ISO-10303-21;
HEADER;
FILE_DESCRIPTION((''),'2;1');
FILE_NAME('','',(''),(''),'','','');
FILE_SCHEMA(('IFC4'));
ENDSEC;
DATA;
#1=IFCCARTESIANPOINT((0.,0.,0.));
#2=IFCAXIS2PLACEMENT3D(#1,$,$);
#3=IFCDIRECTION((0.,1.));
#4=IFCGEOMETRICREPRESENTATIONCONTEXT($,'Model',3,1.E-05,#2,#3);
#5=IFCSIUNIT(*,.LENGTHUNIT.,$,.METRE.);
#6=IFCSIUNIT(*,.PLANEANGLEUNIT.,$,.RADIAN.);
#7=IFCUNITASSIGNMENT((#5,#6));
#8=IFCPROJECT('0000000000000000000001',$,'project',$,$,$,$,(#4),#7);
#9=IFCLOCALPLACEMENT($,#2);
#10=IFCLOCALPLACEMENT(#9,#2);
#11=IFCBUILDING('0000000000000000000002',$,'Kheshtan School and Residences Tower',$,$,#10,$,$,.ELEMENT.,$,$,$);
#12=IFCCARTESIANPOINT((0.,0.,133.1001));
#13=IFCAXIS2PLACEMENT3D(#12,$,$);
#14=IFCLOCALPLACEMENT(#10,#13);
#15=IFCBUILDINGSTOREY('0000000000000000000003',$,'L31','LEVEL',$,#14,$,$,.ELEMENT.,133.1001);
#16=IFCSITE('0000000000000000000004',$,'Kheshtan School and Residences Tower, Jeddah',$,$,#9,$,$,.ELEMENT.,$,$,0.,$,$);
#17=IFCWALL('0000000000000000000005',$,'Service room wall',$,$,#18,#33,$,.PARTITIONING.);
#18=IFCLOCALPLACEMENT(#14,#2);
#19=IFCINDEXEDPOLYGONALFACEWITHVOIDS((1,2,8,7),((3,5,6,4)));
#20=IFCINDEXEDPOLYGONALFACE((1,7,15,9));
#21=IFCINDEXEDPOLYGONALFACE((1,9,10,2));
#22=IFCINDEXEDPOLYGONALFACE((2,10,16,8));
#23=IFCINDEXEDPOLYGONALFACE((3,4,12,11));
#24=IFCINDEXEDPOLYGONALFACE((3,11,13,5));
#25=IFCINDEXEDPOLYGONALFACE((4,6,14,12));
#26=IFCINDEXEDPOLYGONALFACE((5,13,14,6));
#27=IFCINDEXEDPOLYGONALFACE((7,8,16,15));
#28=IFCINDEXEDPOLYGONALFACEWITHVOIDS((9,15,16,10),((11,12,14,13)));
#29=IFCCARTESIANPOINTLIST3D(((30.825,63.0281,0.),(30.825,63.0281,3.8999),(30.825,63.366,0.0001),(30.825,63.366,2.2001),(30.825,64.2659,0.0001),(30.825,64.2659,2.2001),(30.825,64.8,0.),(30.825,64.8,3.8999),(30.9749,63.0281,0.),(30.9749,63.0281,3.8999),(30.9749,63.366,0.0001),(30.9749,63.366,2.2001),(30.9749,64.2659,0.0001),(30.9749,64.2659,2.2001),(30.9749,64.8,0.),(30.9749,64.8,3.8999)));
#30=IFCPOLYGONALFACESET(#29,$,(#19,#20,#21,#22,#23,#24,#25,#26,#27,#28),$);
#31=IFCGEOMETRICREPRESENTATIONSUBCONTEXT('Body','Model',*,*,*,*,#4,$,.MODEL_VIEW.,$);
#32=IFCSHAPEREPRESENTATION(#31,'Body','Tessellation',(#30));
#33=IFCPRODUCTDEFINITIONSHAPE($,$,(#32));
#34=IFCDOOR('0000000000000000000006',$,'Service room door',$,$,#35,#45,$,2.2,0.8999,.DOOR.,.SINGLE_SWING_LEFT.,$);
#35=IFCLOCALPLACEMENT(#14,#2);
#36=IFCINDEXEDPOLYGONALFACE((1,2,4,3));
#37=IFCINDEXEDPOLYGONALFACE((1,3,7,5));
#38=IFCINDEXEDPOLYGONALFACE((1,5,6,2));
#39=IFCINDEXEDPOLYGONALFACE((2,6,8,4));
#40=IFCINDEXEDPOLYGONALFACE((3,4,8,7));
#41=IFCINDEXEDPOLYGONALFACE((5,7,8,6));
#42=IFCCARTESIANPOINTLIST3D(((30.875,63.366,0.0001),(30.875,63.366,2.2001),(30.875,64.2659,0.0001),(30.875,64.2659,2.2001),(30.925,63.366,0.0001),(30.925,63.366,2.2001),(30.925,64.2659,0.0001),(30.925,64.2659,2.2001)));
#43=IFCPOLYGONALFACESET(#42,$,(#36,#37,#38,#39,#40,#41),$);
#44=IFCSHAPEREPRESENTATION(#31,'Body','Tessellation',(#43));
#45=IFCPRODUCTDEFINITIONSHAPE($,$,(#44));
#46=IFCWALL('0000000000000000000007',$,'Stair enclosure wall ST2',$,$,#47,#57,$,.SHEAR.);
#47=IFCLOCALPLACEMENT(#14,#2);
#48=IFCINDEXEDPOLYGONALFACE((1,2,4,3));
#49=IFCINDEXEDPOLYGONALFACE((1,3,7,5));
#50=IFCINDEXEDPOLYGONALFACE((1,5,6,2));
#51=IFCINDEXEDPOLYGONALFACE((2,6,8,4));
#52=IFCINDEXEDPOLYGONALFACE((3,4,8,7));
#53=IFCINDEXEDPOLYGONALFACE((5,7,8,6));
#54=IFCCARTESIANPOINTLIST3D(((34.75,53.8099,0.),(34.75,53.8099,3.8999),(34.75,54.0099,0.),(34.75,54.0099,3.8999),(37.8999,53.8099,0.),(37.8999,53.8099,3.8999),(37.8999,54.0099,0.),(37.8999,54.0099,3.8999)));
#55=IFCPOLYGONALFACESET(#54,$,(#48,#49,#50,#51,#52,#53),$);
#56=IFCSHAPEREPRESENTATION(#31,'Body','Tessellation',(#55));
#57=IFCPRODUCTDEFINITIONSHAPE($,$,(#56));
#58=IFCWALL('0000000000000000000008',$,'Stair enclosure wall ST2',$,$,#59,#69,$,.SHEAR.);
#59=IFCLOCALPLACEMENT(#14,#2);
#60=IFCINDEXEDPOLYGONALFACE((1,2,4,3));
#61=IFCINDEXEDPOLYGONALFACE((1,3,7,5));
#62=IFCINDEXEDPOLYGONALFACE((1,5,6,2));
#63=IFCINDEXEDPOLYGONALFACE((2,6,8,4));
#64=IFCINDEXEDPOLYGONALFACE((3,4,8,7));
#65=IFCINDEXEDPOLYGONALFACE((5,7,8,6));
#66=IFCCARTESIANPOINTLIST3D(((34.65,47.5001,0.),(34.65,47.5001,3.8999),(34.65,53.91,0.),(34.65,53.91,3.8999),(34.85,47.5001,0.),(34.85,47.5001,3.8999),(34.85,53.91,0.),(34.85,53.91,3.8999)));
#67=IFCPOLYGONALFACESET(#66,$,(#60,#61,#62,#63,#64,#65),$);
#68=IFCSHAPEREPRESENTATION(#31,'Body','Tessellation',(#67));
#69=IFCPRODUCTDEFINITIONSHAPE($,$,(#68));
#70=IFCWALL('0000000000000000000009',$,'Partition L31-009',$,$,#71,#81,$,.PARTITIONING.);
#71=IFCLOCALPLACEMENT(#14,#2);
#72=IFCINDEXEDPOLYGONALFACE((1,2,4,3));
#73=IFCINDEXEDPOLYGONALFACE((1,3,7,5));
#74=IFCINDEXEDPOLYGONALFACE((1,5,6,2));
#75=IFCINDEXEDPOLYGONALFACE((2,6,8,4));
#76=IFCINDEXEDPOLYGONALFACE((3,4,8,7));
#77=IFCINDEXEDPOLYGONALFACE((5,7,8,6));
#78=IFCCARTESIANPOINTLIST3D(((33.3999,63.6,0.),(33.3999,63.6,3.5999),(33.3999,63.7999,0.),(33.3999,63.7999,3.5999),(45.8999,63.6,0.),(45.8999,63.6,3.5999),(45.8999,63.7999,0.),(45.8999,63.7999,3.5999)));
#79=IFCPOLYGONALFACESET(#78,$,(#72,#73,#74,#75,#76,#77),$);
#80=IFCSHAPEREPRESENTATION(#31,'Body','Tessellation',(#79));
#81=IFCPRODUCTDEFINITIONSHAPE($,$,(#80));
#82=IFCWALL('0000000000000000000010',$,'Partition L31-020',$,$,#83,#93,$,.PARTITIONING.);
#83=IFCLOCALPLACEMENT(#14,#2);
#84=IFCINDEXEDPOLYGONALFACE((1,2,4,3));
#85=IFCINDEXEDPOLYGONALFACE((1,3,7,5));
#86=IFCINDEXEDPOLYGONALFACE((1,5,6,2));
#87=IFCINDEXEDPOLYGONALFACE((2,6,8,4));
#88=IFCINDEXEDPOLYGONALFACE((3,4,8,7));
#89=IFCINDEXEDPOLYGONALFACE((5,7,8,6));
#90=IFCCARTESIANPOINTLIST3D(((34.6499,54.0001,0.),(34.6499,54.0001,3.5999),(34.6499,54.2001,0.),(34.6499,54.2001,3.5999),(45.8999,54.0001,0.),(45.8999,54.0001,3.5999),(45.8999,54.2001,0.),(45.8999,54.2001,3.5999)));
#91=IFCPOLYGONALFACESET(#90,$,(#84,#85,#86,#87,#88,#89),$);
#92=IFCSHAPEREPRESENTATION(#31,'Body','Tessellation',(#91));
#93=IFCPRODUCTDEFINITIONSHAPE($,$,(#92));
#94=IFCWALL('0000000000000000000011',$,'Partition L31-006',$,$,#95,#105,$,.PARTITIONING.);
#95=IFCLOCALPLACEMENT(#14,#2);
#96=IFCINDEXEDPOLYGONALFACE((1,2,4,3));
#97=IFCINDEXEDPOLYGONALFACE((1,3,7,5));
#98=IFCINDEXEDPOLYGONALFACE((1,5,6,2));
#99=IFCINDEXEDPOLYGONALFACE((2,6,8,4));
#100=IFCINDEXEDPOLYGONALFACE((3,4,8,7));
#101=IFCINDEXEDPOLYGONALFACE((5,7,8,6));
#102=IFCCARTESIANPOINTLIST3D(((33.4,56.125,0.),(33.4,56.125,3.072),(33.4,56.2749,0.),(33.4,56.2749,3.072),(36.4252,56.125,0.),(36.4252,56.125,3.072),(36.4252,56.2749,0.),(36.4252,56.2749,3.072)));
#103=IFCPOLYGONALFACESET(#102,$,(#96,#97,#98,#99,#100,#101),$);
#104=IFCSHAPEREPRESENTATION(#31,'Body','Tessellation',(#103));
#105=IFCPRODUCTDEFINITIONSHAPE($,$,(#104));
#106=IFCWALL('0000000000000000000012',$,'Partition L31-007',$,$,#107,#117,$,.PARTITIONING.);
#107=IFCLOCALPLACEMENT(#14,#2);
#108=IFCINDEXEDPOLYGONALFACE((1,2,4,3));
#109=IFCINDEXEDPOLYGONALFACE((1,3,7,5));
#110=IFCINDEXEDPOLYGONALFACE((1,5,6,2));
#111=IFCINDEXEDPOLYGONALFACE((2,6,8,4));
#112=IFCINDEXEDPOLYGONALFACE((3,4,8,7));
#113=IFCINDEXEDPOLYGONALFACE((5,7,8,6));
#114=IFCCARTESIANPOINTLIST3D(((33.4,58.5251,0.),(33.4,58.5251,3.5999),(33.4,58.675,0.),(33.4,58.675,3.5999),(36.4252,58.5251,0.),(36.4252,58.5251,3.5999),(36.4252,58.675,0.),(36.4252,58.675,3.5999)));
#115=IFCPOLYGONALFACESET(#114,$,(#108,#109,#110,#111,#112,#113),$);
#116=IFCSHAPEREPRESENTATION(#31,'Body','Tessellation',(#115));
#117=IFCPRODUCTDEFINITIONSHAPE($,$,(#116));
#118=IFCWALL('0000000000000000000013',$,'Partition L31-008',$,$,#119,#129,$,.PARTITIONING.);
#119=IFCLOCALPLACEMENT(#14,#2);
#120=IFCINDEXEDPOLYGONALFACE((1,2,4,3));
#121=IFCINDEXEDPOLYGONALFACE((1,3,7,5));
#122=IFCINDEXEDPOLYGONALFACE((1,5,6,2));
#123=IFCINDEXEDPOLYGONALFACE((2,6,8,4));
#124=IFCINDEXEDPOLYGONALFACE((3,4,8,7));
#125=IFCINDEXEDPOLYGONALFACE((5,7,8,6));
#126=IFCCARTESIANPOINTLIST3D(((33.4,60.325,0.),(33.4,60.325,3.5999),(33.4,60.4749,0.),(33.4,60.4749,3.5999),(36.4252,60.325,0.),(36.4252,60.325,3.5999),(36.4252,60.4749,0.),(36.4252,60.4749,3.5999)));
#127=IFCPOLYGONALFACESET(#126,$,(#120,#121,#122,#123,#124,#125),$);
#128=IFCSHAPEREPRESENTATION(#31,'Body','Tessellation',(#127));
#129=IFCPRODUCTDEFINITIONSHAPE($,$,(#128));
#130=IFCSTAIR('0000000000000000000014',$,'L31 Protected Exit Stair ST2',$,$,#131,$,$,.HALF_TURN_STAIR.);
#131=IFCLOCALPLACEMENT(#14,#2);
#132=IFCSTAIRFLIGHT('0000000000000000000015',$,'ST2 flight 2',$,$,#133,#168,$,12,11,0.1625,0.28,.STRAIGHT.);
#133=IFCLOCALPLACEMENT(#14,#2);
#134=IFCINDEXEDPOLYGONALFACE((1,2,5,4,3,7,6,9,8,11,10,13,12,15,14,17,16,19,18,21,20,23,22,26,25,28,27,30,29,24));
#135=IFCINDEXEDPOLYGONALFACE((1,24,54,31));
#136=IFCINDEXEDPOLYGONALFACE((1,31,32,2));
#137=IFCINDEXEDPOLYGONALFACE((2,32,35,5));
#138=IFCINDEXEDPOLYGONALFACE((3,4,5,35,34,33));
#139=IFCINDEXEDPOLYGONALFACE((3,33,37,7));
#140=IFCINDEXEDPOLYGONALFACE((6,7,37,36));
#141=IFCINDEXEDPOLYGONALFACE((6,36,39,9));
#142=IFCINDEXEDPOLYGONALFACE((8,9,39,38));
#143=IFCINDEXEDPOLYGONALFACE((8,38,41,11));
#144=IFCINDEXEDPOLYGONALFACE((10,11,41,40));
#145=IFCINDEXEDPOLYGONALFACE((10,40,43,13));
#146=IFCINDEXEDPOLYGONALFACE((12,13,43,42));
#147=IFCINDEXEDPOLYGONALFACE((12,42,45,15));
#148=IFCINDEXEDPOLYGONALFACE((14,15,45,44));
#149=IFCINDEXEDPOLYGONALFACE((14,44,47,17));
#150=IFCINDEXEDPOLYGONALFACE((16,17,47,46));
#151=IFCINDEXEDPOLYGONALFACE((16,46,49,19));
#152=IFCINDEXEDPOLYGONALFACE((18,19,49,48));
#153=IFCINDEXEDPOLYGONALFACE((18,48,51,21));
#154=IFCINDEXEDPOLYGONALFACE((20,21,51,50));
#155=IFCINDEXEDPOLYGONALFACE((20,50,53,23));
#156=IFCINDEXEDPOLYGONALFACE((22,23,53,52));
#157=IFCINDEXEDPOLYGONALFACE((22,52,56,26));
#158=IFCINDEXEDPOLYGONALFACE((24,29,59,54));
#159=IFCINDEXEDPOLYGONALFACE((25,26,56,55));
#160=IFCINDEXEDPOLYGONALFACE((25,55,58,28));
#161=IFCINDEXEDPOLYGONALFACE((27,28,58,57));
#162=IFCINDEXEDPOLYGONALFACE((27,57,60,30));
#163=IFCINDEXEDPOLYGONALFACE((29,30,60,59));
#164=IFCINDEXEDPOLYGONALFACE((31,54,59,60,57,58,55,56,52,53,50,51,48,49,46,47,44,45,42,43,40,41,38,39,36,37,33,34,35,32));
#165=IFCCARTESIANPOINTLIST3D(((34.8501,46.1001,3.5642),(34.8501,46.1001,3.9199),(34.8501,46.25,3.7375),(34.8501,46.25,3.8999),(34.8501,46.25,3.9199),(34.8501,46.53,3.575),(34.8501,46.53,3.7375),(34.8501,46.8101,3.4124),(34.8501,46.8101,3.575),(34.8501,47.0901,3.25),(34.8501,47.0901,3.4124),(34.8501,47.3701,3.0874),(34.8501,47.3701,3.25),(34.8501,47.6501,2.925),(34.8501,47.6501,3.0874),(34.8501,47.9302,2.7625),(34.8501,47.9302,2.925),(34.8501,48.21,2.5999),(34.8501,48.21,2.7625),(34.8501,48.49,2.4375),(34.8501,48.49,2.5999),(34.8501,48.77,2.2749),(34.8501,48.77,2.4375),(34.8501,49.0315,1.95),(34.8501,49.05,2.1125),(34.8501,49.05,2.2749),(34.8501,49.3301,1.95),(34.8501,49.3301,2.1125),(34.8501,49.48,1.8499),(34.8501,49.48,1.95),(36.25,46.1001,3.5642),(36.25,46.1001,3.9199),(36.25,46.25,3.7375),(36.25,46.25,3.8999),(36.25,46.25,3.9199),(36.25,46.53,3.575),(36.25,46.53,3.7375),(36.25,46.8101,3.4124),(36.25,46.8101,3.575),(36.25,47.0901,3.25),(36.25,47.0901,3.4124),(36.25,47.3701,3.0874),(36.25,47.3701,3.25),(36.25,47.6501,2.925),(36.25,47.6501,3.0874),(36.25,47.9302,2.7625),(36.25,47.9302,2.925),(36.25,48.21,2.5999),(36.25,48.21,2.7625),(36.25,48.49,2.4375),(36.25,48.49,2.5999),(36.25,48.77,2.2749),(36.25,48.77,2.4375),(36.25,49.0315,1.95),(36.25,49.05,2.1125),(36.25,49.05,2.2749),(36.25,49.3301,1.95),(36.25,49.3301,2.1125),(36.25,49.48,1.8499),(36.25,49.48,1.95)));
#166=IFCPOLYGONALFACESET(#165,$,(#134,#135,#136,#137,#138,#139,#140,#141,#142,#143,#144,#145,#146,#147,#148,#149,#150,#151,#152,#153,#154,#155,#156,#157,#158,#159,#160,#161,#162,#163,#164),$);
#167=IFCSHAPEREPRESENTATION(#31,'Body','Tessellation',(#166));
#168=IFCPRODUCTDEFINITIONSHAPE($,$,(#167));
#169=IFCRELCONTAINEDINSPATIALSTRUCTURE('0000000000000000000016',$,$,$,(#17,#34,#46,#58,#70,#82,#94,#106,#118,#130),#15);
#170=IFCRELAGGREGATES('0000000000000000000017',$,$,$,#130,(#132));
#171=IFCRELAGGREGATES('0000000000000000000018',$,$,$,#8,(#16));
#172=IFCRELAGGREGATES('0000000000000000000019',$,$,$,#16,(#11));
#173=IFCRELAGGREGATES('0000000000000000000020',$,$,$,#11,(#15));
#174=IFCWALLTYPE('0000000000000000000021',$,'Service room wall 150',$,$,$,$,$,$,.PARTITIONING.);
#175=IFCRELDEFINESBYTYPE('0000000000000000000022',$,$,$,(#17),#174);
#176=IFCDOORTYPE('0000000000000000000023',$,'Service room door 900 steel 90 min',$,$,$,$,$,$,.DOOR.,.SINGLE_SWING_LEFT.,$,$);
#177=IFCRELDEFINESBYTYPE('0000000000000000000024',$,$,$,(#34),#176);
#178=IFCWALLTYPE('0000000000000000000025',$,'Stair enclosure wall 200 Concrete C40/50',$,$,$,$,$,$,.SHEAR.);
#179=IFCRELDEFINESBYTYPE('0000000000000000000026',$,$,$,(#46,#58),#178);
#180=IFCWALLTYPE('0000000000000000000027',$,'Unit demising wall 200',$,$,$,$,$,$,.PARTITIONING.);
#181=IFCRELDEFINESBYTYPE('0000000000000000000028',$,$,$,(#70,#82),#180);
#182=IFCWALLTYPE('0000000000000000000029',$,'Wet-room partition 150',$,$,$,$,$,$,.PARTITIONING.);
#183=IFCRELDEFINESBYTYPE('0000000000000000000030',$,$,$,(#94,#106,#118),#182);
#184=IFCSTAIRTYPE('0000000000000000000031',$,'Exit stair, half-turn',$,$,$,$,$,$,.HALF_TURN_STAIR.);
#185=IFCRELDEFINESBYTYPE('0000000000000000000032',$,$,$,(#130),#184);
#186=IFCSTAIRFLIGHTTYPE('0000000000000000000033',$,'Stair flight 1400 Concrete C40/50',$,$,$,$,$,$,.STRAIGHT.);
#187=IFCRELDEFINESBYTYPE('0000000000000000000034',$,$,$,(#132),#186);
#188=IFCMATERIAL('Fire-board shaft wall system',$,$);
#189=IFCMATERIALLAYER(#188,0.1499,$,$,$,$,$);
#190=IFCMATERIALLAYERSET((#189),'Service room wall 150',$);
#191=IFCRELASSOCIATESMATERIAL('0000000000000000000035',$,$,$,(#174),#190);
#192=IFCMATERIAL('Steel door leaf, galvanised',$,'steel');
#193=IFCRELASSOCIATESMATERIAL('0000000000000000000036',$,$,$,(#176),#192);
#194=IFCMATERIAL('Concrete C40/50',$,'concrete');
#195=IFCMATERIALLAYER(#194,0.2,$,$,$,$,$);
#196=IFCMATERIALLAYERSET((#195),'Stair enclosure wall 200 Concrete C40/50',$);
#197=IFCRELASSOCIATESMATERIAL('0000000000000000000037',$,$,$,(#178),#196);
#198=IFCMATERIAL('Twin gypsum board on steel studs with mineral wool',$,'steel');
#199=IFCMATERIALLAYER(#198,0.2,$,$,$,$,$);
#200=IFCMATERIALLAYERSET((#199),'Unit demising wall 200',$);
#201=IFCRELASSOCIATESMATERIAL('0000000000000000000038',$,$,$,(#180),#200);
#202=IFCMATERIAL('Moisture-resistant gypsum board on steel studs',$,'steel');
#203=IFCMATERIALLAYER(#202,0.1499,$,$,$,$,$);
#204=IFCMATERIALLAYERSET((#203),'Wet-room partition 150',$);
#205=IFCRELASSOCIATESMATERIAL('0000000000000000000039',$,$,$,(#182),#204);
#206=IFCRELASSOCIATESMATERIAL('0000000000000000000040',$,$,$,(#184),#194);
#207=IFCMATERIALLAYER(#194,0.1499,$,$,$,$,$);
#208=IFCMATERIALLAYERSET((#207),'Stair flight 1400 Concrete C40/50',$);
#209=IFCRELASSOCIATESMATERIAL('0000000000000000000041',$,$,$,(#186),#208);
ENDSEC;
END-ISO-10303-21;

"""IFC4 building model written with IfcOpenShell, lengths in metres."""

from ifc_helpers import new_model, si_unit, direction, frame, frame_2d, origin, place, context, subcontext, project, spatial, polyline, rectangle, outline, extrude, source, transform, mapped, material, layer, layer_set, type_object, element, fill, aggregate, save


model = new_model("IFC4")

# Units and contexts
model_context = context("Model", 3, precision=1e-05, world=origin(), true_north=direction((0.0, 1.0)))
body_context = subcontext(model_context, "Body", "Model", "MODEL_VIEW")
ifc_project = project(units=[si_unit("LENGTHUNIT", "METRE"), si_unit("PLANEANGLEUNIT", "RADIAN")], contexts=[model_context])

# Site, building, storey
site_placement = place(None, origin())
site = spatial("IfcSite", under=ifc_project, at=site_placement, Name="Kheshtan School and Residences Tower, Jeddah", CompositionType="ELEMENT", RefElevation=0.0)
building_placement = place(site_placement, origin())
building = spatial("IfcBuilding", under=site, at=building_placement, Name="Kheshtan School and Residences Tower", CompositionType="ELEMENT")
storey_placement = place(building_placement, frame((0.0, 0.0, 133.1001)))
storey = spatial("IfcBuildingStorey", under=building, at=storey_placement, Name="L31", Description="LEVEL", CompositionType="ELEMENT", Elevation=133.1001)

# Shared definitions
ifc_material_1 = material(Name="Fire-board shaft wall system")
ifc_layer_1 = layer(ifc_material_1, 0.1499)
ifc_layer_set_1 = layer_set([ifc_layer_1], Name="Service room wall 150")
wall_type_1 = type_object("IfcWallType", Name="Service room wall 150", PredefinedType="PARTITIONING", material=ifc_layer_set_1)

# Shared definitions
ifc_material_2 = material(Name="Steel door leaf, galvanised", Category="steel")
door_type_1 = type_object("IfcDoorType", Name="Service room door 900 steel 90 min", OperationType="SINGLE_SWING_LEFT", PredefinedType="DOOR", material=ifc_material_2)
shared_shape_1 = source(origin(), body_context, "Body", "SweptSolid", [
    extrude(rectangle(XDim=0.8999, YDim=2.2, at=frame_2d((0.45, 1.1001))), frame((0.0, 0.0249, 0.0), z_axis=(0.0, -1.0, 0.0), x_axis=(1.0, 0.0, 0.0)), (0.0, 0.0, 1.0), 0.05),
])

# Wall, opening, door
wall_1_placement = place(storey_placement, frame((30.8999, 63.0281, 0.0), z_axis=(0.0, 0.0, 1.0), x_axis=(0.0, 1.0, 0.0)))
wall_1 = element("IfcWall", 1, at=wall_1_placement, inside=storey, type_object=wall_type_1, Name="Service room wall", PredefinedType="PARTITIONING", context=body_context, shape_type="SweptSolid", body=[
    extrude(rectangle(XDim=1.772, YDim=0.1499, at=frame_2d((0.886, 0.0))), origin(), (0.0, 0.0, 1.0), 3.8999),
])
opening_1_placement = place(wall_1_placement, frame((0.3379, 0.0, 0.0)))
opening_1 = element("IfcOpeningElement", 2, at=opening_1_placement, cuts=wall_1, PredefinedType="OPENING", context=body_context, shape_type="SweptSolid", body=[
    extrude(rectangle(XDim=0.8999, YDim=2.2, at=frame_2d((0.45, 1.1001))), frame((0.0, 0.085, 0.0), z_axis=(0.0, -1.0, 0.0), x_axis=(1.0, 0.0, 0.0)), (0.0, 0.0, 1.0), 0.1699),
])
door_1_placement = place(opening_1_placement, origin())
door_1 = element("IfcDoor", 3, at=door_1_placement, inside=storey, type_object=door_type_1, Name="Service room door", OperationType="SINGLE_SWING_LEFT", OverallHeight=2.2, OverallWidth=0.8999, PredefinedType="DOOR", context=body_context, shape_type="MappedRepresentation", body=[
    mapped(shared_shape_1, transform((0.0, 0.0, 0.0), x_axis=(1.0, 0.0, 0.0), y_axis=(0.0, 1.0, 0.0), z_axis=(0.0, 0.0, 1.0), scale=1.0)),
])
fill(opening_1, door_1)

# Walls
ifc_material_3 = material(Name="Concrete C40/50", Category="concrete")
ifc_layer_2 = layer(ifc_material_3, 0.2)
ifc_layer_set_2 = layer_set([ifc_layer_2], Name="Stair enclosure wall 200 Concrete C40/50")
wall_type_2 = type_object("IfcWallType", Name="Stair enclosure wall 200 Concrete C40/50", PredefinedType="SHEAR", material=ifc_layer_set_2)
wall_2_placement = place(storey_placement, frame((34.75, 53.9099, 0.0), z_axis=(0.0, 0.0, 1.0), x_axis=(1.0, 0.0, 0.0)))
element("IfcWall", 4, at=wall_2_placement, inside=storey, type_object=wall_type_2, Name="Stair enclosure wall ST2", PredefinedType="SHEAR", context=body_context, shape_type="SweptSolid", body=[
    extrude(rectangle(XDim=3.1499, YDim=0.2, at=frame_2d((1.575, 0.0))), origin(), (0.0, 0.0, 1.0), 3.8999),
])
wall_3_placement = place(storey_placement, frame((34.75, 47.5, 0.0), z_axis=(0.0, 0.0, 1.0), x_axis=(0.0, 1.0, 0.0)))
element("IfcWall", 5, at=wall_3_placement, inside=storey, type_object=wall_type_2, Name="Stair enclosure wall ST2", PredefinedType="SHEAR", context=body_context, shape_type="SweptSolid", body=[
    extrude(rectangle(XDim=6.4099, YDim=0.2, at=frame_2d((3.2051, 0.0))), origin(), (0.0, 0.0, 1.0), 3.8999),
])
ifc_material_4 = material(Name="Twin gypsum board on steel studs with mineral wool", Category="steel")
ifc_layer_3 = layer(ifc_material_4, 0.2)
ifc_layer_set_3 = layer_set([ifc_layer_3], Name="Unit demising wall 200")
wall_type_3 = type_object("IfcWallType", Name="Unit demising wall 200", PredefinedType="PARTITIONING", material=ifc_layer_set_3)
wall_4_placement = place(storey_placement, frame((33.3999, 63.7, 0.0), z_axis=(0.0, 0.0, 1.0), x_axis=(1.0, 0.0, 0.0)))
element("IfcWall", 6, at=wall_4_placement, inside=storey, type_object=wall_type_3, Name="Partition L31-009", PredefinedType="PARTITIONING", context=body_context, shape_type="SweptSolid", body=[
    extrude(rectangle(XDim=12.5, YDim=0.2, at=frame_2d((6.25, 0.0))), origin(), (0.0, 0.0, 1.0), 3.5999),
])
wall_5_placement = place(storey_placement, frame((34.6499, 54.1001, 0.0), z_axis=(0.0, 0.0, 1.0), x_axis=(1.0, 0.0, 0.0)))
element("IfcWall", 7, at=wall_5_placement, inside=storey, type_object=wall_type_3, Name="Partition L31-020", PredefinedType="PARTITIONING", context=body_context, shape_type="SweptSolid", body=[
    extrude(rectangle(XDim=11.25, YDim=0.2, at=frame_2d((5.625, 0.0))), origin(), (0.0, 0.0, 1.0), 3.5999),
])
ifc_material_5 = material(Name="Moisture-resistant gypsum board on steel studs", Category="steel")
ifc_layer_4 = layer(ifc_material_5, 0.1499)
ifc_layer_set_4 = layer_set([ifc_layer_4], Name="Wet-room partition 150")
wall_type_4 = type_object("IfcWallType", Name="Wet-room partition 150", PredefinedType="PARTITIONING", material=ifc_layer_set_4)
wall_6_placement = place(storey_placement, frame((33.3999, 56.2, 0.0), z_axis=(0.0, 0.0, 1.0), x_axis=(1.0, 0.0, 0.0)))
element("IfcWall", 8, at=wall_6_placement, inside=storey, type_object=wall_type_4, Name="Partition L31-006", PredefinedType="PARTITIONING", context=body_context, shape_type="SweptSolid", body=[
    extrude(rectangle(XDim=3.0251, YDim=0.1499, at=frame_2d((1.5127, 0.0))), origin(), (0.0, 0.0, 1.0), 3.072),
])
for number, where, z_axis, x_axis, name in (
    (9, (33.3999, 58.6001, 0.0), (0.0, 0.0, 1.0), (1.0, 0.0, 0.0), "Partition L31-007"),
    (10, (33.3999, 60.3999, 0.0), (0.0, 0.0, 1.0), (1.0, 0.0, 0.0), "Partition L31-008"),
):
    element("IfcWall", number, at=place(storey_placement, frame(where, z_axis=z_axis, x_axis=x_axis)), inside=storey, type_object=wall_type_4, Name=name, PredefinedType="PARTITIONING", context=body_context, shape_type="SweptSolid", body=[
        extrude(rectangle(XDim=3.0251, YDim=0.1499, at=frame_2d((1.5127, 0.0))), origin(), (0.0, 0.0, 1.0), 3.5999),
    ])

# Stair, stair flight
stair_type = type_object("IfcStairType", Name="Exit stair, half-turn", PredefinedType="HALF_TURN_STAIR", material=ifc_material_3)
stair_placement = place(storey_placement, origin())
stair = element("IfcStair", 11, at=stair_placement, inside=storey, type_object=stair_type, Name="L31 Protected Exit Stair ST2", PredefinedType="HALF_TURN_STAIR")
ifc_layer_5 = layer(ifc_material_3, 0.1499)
ifc_layer_set_5 = layer_set([ifc_layer_5], Name="Stair flight 1400 Concrete C40/50")
stair_flight_type = type_object("IfcStairFlightType", Name="Stair flight 1400 Concrete C40/50", PredefinedType="STRAIGHT", material=ifc_layer_set_5)
stair_flight_placement = place(storey_placement, frame((35.55, 49.3301, 1.95), z_axis=(0.0, 0.0, 1.0), x_axis=(0.0, -1.0, 0.0)))
stair_flight = element("IfcStairFlight", 12, at=stair_flight_placement, type_object=stair_flight_type, Name="ST2 flight 2", NumberOfRisers=12, NumberOfTreads=11, PredefinedType="STRAIGHT", RiserHeight=0.1625, TreadLength=0.28, context=body_context, shape_type="SweptSolid", body=[
    extrude(outline(polyline([(-0.1499, -0.1001), (-0.1499, 0.0), (0.0, 0.0), (0.0, 0.1626), (0.28, 0.1626), (0.28, 0.325), (0.5601, 0.325), (0.5601, 0.4875), (0.8401, 0.4875), (0.8401, 0.6499), (1.1201, 0.6499), (1.1201, 0.8125), (1.3999, 0.8125), (1.3999, 0.9751), (1.6799, 0.9751), (1.6799, 1.1375), (1.96, 1.1375), (1.96, 1.3), (2.24, 1.3), (2.24, 1.4624), (2.52, 1.4624), (2.52, 1.625), (2.8, 1.625), (2.8, 1.7876), (3.0801, 1.7876), (3.0801, 1.95), (3.0801, 1.97), (3.23, 1.97), (3.23, 1.6143), (0.2986, 0.0), (-0.1499, -0.1001)])), frame((0.0, 0.7, 0.0), z_axis=(0.0, -1.0, 0.0), x_axis=(1.0, 0.0, 0.0)), (0.0, 0.0, 1.0), 1.3999),
])
aggregate(stair, [stair_flight])

save(model, "model.ifc")
